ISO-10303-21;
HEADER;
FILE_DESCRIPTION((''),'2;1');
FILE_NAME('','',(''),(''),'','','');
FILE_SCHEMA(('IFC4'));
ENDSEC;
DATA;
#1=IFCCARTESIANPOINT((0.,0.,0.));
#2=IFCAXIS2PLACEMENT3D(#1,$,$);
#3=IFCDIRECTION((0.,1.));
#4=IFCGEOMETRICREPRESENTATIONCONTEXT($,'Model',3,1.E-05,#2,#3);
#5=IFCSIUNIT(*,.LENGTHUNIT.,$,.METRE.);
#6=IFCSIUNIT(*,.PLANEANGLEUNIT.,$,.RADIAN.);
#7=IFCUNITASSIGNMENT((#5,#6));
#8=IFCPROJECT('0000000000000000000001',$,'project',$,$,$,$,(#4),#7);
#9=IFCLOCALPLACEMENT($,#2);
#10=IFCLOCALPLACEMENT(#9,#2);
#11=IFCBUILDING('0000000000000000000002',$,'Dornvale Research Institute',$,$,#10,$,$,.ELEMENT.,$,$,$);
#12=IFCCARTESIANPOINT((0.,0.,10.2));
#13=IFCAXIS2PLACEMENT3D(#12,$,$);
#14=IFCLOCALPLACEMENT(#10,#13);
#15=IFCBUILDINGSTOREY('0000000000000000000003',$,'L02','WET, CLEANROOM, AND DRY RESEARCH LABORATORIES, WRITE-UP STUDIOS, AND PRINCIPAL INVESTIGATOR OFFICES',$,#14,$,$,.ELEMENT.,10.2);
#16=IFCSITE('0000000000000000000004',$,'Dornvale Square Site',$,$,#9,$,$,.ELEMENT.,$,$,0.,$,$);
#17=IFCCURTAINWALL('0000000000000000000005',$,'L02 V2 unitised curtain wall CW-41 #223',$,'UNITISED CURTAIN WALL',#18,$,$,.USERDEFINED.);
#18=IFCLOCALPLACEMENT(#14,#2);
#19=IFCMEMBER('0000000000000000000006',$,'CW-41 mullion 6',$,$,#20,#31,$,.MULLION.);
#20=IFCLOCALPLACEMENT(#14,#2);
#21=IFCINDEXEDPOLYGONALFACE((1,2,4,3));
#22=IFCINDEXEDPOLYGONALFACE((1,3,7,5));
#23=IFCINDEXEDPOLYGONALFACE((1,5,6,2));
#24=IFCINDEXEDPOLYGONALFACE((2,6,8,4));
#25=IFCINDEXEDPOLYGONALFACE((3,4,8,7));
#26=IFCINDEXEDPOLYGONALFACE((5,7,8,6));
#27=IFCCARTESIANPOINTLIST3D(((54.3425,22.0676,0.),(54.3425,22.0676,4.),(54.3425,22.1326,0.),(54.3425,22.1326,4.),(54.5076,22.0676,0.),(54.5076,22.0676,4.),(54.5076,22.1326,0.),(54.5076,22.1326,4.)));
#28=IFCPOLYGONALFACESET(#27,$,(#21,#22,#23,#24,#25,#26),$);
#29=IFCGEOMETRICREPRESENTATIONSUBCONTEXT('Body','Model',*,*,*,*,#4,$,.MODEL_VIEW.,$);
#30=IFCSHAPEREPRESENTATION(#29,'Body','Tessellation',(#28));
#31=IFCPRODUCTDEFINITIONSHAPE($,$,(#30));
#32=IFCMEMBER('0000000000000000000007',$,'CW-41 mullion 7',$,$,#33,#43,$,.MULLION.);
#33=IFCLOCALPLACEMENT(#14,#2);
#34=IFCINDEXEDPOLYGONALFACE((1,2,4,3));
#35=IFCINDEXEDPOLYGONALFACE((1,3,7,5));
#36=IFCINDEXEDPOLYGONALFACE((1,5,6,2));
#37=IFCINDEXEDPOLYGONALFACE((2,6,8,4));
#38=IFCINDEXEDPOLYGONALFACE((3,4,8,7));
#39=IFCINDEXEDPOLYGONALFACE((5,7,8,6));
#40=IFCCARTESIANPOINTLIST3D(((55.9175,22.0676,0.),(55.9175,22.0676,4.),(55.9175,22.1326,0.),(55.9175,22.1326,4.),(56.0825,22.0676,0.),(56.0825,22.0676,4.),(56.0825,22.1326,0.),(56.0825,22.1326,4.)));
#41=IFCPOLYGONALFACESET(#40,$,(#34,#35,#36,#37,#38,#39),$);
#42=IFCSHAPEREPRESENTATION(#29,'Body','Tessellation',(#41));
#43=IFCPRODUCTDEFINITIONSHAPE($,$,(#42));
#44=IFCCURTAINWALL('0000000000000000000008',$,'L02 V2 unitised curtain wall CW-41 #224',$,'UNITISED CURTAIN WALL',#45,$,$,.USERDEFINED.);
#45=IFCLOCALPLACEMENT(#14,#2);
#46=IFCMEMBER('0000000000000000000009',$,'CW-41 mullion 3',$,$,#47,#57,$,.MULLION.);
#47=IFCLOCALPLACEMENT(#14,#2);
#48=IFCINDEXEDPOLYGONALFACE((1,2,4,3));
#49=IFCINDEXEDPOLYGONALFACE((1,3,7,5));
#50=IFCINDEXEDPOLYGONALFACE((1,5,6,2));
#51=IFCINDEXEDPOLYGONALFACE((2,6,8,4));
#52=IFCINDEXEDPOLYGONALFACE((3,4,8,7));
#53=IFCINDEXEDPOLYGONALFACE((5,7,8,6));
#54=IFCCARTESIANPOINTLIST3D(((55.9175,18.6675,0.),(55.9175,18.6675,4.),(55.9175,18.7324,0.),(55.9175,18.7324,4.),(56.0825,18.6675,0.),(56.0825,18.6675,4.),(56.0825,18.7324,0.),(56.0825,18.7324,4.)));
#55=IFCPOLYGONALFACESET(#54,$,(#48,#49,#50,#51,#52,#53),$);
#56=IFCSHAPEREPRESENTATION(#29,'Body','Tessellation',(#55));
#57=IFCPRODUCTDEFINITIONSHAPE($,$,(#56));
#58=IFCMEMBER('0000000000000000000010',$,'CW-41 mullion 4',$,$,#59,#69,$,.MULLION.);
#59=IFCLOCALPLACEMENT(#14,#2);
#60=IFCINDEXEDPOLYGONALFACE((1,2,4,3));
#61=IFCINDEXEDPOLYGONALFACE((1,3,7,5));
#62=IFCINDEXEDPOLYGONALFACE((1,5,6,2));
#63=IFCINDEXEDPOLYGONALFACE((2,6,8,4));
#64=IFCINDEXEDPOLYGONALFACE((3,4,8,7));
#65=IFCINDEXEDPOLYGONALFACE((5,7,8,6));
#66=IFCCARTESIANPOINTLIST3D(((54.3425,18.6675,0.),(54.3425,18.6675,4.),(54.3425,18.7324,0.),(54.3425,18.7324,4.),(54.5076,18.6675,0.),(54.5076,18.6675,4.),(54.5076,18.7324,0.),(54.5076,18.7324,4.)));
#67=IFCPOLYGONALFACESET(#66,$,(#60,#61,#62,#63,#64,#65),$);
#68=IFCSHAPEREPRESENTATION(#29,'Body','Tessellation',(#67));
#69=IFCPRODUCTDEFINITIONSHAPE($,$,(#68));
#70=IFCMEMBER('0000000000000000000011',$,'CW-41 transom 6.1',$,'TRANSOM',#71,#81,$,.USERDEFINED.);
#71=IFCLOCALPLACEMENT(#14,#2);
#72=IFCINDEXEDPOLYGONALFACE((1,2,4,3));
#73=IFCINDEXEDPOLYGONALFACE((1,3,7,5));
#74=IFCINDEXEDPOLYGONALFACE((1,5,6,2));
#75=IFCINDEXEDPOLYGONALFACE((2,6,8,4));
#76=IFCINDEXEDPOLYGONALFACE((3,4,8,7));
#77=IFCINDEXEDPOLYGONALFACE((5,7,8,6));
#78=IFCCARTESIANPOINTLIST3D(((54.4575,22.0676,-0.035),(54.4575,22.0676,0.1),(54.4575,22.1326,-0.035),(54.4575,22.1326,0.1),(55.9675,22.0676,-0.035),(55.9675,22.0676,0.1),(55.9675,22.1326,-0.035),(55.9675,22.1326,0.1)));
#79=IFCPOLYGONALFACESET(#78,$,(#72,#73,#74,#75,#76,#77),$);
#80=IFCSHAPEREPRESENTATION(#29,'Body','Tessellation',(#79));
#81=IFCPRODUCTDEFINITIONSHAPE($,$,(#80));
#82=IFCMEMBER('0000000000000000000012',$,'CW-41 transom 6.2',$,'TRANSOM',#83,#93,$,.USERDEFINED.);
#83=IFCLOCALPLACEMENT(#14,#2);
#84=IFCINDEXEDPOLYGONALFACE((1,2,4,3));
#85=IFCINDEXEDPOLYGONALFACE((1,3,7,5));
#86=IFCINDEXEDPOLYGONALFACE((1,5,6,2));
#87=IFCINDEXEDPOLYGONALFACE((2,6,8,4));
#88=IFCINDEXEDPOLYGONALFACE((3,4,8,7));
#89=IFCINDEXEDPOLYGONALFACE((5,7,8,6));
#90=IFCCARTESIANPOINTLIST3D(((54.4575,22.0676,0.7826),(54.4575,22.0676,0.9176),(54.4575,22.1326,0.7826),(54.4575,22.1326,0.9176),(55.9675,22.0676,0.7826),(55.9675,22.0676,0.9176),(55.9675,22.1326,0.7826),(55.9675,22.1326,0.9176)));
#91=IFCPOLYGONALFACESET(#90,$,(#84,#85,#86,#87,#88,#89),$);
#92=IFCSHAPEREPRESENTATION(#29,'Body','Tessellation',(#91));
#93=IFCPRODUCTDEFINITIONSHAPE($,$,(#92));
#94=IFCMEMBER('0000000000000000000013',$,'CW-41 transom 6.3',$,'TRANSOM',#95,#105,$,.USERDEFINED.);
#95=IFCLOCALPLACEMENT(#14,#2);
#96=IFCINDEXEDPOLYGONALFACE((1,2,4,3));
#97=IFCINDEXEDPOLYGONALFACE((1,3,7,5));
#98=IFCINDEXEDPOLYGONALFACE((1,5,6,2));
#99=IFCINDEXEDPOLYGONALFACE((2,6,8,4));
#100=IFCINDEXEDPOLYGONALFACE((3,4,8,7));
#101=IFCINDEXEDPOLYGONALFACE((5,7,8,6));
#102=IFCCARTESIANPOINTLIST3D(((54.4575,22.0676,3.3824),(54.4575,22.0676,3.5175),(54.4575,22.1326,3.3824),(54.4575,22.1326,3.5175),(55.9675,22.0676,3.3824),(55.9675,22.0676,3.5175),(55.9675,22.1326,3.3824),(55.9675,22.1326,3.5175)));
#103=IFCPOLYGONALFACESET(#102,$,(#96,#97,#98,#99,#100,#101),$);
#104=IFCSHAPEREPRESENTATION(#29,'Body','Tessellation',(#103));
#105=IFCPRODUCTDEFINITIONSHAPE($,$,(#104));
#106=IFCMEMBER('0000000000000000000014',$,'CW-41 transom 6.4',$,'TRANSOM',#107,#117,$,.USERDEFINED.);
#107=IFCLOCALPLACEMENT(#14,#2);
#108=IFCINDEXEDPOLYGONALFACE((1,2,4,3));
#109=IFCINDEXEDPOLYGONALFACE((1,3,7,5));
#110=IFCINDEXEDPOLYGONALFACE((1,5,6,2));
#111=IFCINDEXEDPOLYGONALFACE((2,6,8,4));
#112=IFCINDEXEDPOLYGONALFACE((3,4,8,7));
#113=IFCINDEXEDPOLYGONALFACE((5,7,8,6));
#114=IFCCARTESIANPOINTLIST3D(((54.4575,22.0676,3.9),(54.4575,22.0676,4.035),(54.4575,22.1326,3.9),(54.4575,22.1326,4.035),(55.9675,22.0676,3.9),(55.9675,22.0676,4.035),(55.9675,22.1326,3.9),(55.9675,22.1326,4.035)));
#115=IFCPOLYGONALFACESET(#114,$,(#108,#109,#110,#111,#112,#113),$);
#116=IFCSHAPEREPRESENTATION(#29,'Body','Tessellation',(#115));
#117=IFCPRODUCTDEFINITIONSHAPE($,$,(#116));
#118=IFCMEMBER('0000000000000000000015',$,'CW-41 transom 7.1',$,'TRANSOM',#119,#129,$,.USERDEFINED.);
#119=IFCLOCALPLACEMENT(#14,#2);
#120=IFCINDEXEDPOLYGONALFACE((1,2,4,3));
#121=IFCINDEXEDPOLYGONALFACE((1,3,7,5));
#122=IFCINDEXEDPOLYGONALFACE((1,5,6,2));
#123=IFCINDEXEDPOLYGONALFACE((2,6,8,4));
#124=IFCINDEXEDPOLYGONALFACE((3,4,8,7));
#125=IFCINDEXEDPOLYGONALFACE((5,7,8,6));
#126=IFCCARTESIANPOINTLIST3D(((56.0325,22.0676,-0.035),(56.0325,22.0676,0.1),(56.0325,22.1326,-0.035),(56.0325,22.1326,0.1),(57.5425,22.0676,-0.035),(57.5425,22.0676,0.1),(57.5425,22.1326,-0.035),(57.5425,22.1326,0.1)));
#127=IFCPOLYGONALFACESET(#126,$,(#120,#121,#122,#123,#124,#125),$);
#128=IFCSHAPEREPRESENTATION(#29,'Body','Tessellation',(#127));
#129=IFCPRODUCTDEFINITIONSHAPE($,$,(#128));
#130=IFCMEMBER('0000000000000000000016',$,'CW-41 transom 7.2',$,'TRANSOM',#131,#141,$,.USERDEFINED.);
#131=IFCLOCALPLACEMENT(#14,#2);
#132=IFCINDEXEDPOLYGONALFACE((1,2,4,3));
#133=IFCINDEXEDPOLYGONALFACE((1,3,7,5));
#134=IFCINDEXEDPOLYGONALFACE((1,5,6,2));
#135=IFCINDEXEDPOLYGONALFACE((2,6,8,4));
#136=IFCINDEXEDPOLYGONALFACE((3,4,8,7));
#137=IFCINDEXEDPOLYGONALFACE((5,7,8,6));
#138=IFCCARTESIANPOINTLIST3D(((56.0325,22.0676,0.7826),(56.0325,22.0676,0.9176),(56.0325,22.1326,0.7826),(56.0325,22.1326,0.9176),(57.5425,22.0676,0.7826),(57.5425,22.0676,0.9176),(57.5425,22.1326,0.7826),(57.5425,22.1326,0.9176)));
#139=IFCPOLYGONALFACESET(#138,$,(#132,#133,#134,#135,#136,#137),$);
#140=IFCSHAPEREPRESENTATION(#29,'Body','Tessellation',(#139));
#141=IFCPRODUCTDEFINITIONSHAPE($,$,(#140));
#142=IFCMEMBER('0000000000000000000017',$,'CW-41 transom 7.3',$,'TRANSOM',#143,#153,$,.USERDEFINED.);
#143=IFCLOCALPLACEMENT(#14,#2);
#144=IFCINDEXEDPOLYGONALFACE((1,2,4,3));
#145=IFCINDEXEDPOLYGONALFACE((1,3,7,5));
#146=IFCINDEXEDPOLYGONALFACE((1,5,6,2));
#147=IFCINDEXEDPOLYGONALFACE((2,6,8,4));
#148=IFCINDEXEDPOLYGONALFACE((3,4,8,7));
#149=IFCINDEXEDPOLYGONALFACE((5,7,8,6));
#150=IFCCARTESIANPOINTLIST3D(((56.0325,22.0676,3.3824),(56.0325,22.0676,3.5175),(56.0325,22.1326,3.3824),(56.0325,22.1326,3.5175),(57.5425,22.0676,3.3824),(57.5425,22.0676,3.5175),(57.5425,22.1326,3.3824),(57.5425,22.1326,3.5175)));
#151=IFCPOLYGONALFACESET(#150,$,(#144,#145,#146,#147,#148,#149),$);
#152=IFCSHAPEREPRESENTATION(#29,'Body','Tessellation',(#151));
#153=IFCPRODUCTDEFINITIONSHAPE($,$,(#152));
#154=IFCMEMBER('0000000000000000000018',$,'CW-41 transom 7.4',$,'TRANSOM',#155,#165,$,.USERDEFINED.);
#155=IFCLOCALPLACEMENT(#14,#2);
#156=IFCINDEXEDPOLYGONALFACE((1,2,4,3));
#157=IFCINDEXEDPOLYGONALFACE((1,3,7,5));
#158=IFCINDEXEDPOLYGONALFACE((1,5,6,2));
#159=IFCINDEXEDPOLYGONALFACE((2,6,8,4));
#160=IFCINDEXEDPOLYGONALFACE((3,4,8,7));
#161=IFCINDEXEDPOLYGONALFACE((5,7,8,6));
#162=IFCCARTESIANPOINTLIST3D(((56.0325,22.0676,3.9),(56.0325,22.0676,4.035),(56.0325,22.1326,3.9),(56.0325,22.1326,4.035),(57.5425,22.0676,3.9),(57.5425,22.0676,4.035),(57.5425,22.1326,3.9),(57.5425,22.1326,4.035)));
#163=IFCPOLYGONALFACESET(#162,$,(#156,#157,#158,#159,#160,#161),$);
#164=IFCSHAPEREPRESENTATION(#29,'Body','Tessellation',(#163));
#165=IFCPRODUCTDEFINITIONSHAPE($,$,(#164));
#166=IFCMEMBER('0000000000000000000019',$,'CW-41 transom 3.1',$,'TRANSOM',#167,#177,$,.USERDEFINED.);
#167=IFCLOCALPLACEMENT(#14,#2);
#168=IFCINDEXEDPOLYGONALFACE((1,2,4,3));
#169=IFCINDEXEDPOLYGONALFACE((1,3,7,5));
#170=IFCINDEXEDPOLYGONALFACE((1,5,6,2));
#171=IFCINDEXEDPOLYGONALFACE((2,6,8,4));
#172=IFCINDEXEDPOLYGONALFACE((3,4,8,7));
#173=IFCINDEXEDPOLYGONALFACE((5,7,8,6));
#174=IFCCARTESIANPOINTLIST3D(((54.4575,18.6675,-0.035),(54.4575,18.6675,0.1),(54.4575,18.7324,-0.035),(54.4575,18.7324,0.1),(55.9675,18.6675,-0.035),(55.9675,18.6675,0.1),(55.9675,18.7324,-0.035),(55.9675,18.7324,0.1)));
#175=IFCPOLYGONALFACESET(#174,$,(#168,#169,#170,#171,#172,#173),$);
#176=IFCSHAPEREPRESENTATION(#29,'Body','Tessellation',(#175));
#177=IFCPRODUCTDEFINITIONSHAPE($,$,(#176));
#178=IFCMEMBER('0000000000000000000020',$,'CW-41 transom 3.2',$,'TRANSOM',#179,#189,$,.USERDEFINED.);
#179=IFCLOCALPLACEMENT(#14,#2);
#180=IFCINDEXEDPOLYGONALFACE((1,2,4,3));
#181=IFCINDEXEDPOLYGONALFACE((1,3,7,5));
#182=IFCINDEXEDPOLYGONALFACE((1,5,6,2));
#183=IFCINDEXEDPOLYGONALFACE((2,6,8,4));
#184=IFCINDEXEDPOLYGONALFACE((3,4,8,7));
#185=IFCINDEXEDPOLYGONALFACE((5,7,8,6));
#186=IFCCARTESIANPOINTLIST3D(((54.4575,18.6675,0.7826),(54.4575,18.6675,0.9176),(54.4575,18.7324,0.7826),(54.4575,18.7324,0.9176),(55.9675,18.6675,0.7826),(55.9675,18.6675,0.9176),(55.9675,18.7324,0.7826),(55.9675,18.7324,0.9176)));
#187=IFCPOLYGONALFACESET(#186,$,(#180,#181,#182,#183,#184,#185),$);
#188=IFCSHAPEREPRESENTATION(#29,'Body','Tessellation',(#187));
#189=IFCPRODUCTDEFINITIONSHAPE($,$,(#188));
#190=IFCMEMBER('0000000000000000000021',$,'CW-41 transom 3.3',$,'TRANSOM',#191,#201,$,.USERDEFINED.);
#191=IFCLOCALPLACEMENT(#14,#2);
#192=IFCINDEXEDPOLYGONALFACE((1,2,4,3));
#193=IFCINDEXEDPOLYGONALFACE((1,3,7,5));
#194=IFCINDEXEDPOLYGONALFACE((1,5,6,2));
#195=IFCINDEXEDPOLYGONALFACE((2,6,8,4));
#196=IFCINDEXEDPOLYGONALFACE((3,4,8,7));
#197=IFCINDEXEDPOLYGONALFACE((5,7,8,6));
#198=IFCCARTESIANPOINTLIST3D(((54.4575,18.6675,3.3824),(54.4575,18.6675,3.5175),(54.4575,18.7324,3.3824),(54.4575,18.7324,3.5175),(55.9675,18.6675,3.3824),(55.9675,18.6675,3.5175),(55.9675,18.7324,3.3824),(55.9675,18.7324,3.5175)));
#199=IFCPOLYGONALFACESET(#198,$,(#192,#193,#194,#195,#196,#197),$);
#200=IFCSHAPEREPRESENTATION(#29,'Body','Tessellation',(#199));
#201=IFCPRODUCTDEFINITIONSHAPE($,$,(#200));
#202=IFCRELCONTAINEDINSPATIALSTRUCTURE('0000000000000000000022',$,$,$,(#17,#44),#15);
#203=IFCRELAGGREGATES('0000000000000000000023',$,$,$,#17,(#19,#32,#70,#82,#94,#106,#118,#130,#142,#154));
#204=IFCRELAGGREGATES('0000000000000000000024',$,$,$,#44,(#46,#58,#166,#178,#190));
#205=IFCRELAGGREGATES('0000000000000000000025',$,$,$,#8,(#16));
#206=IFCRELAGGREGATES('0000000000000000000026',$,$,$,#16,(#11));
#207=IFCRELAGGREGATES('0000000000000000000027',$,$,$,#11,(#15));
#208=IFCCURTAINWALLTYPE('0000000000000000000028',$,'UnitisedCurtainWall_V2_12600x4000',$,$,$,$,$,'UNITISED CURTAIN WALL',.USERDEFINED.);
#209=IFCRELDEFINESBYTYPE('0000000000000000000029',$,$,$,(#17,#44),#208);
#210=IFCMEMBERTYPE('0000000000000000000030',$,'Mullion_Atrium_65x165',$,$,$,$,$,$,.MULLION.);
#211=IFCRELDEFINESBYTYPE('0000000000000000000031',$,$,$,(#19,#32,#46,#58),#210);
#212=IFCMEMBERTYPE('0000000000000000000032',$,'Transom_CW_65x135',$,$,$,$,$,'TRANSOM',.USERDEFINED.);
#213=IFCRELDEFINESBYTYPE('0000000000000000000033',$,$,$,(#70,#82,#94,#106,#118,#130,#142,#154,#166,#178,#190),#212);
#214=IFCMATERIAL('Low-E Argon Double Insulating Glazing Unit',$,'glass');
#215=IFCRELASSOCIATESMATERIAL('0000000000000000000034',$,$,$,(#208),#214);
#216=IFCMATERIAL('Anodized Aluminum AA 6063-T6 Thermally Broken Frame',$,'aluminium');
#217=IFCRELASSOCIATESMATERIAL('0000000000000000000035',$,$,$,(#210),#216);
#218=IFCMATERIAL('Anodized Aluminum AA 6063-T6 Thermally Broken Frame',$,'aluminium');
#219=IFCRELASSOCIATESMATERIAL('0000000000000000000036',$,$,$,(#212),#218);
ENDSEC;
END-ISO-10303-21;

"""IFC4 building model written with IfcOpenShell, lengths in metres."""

from ifc_helpers import new_model, si_unit, direction, frame, origin, origin_2d, place, context, subcontext, project, spatial, rectangle, extrude, material, material_profile, profile_set, type_object, element, aggregate, save


model = new_model("IFC4")

# Units and contexts
model_context = context("Model", 3, precision=1e-05, world=origin(), true_north=direction((0.0, 1.0)))
body_context = subcontext(model_context, "Body", "Model", "MODEL_VIEW")
ifc_project = project(units=[si_unit("LENGTHUNIT", "METRE"), si_unit("PLANEANGLEUNIT", "RADIAN")], contexts=[model_context])

# Site, building, storey
site_placement = place(None, origin())
site = spatial("IfcSite", under=ifc_project, at=site_placement, Name="Dornvale Square Site", CompositionType="ELEMENT", RefElevation=0.0)
building_placement = place(site_placement, origin())
building = spatial("IfcBuilding", under=site, at=building_placement, Name="Dornvale Research Institute", CompositionType="ELEMENT")
storey_placement = place(building_placement, frame((0.0, 0.0, 10.2)))
storey = spatial("IfcBuildingStorey", under=building, at=storey_placement, Name="L02", Description="WET, CLEANROOM, AND DRY RESEARCH LABORATORIES, WRITE-UP STUDIOS, AND PRINCIPAL INVESTIGATOR OFFICES", CompositionType="ELEMENT", Elevation=10.2)

# Curtain walls, members
ifc_material_1 = material(Name="Low-E Argon Double Insulating Glazing Unit", Category="glass")
curtain_wall_type = type_object("IfcCurtainWallType", Name="UnitisedCurtainWall_V2_12600x4000", ElementType="UNITISED CURTAIN WALL", PredefinedType="USERDEFINED", material=ifc_material_1)
curtain_wall_1_placement = place(storey_placement, origin())
curtain_wall_1 = element("IfcCurtainWall", 1, at=curtain_wall_1_placement, inside=storey, type_object=curtain_wall_type, Name="L02 V2 unitised curtain wall CW-41 #223", ObjectType="UNITISED CURTAIN WALL", PredefinedType="USERDEFINED")
ifc_material_2 = material(Name="Anodized Aluminum AA 6063-T6 Thermally Broken Frame", Category="aluminium")
ifc_material_profile_1 = material_profile(ifc_material_2, rectangle(XDim=0.0649, YDim=0.165, at=origin_2d()), Name="ALU MULLION 65x165")
ifc_profile_set_1 = profile_set([ifc_material_profile_1], Name="Anodized Aluminum AA 6063-T6 Thermally Broken Frame")
member_type_1 = type_object("IfcMemberType", Name="Mullion_Atrium_65x165", PredefinedType="MULLION", material=ifc_profile_set_1)
member_1_placement = place(storey_placement, frame((54.425, 22.1001, 0.0), z_axis=(0.0, 0.0, 1.0), x_axis=(0.0, 1.0, 0.0)))
member_1 = element("IfcMember", 2, at=member_1_placement, type_object=member_type_1, Name="CW-41 mullion 6", PredefinedType="MULLION", context=body_context, shape_type="SweptSolid", body=[
    extrude(rectangle(XDim=0.0649, YDim=0.165, at=origin_2d()), origin(), (0.0, 0.0, 1.0), 4.0),
])
member_2_placement = place(storey_placement, frame((56.0, 22.1001, 0.0), z_axis=(0.0, 0.0, 1.0), x_axis=(0.0, 1.0, 0.0)))
member_2 = element("IfcMember", 3, at=member_2_placement, type_object=member_type_1, Name="CW-41 mullion 7", PredefinedType="MULLION", context=body_context, shape_type="SweptSolid", body=[
    extrude(rectangle(XDim=0.0649, YDim=0.165, at=origin_2d()), origin(), (0.0, 0.0, 1.0), 4.0),
])
curtain_wall_2_placement = place(storey_placement, origin())
curtain_wall_2 = element("IfcCurtainWall", 4, at=curtain_wall_2_placement, inside=storey, type_object=curtain_wall_type, Name="L02 V2 unitised curtain wall CW-41 #224", ObjectType="UNITISED CURTAIN WALL", PredefinedType="USERDEFINED")
member_3_placement = place(storey_placement, frame((56.0, 18.7, 0.0), z_axis=(0.0, 0.0, 1.0), x_axis=(0.0, -1.0, 0.0)))
member_3 = element("IfcMember", 5, at=member_3_placement, type_object=member_type_1, Name="CW-41 mullion 3", PredefinedType="MULLION", context=body_context, shape_type="SweptSolid", body=[
    extrude(rectangle(XDim=0.0649, YDim=0.165, at=origin_2d()), origin(), (0.0, 0.0, 1.0), 4.0),
])
member_4_placement = place(storey_placement, frame((54.425, 18.7, 0.0), z_axis=(0.0, 0.0, 1.0), x_axis=(0.0, -1.0, 0.0)))
member_4 = element("IfcMember", 6, at=member_4_placement, type_object=member_type_1, Name="CW-41 mullion 4", PredefinedType="MULLION", context=body_context, shape_type="SweptSolid", body=[
    extrude(rectangle(XDim=0.0649, YDim=0.165, at=origin_2d()), origin(), (0.0, 0.0, 1.0), 4.0),
])

# Members
ifc_material_3 = material(Name="Anodized Aluminum AA 6063-T6 Thermally Broken Frame", Category="aluminium")
ifc_material_profile_2 = material_profile(ifc_material_3, rectangle(XDim=0.0649, YDim=0.135, at=origin_2d()), Name="ALU TRANSOM 65x135")
ifc_profile_set_2 = profile_set([ifc_material_profile_2], Name="Anodized Aluminum AA 6063-T6 Thermally Broken Frame")
member_type_2 = type_object("IfcMemberType", Name="Transom_CW_65x135", ElementType="TRANSOM", PredefinedType="USERDEFINED", material=ifc_profile_set_2)
member_5_placement = place(storey_placement, frame((54.4575, 22.1001, 0.0325), z_axis=(1.0, 0.0, 0.0), x_axis=(0.0, 1.0, 0.0)))
member_5 = element("IfcMember", 7, at=member_5_placement, type_object=member_type_2, Name="CW-41 transom 6.1", ObjectType="TRANSOM", PredefinedType="USERDEFINED", context=body_context, shape_type="SweptSolid", body=[
    extrude(rectangle(XDim=0.0649, YDim=0.135, at=origin_2d()), origin(), (0.0, 0.0, 1.0), 1.51),
])
member_6_placement = place(storey_placement, frame((54.4575, 22.1001, 0.8501), z_axis=(1.0, 0.0, 0.0), x_axis=(0.0, 1.0, 0.0)))
member_6 = element("IfcMember", 8, at=member_6_placement, type_object=member_type_2, Name="CW-41 transom 6.2", ObjectType="TRANSOM", PredefinedType="USERDEFINED", context=body_context, shape_type="SweptSolid", body=[
    extrude(rectangle(XDim=0.0649, YDim=0.135, at=origin_2d()), origin(), (0.0, 0.0, 1.0), 1.51),
])
member_7_placement = place(storey_placement, frame((54.4575, 22.1001, 3.45), z_axis=(1.0, 0.0, 0.0), x_axis=(0.0, 1.0, 0.0)))
member_7 = element("IfcMember", 9, at=member_7_placement, type_object=member_type_2, Name="CW-41 transom 6.3", ObjectType="TRANSOM", PredefinedType="USERDEFINED", context=body_context, shape_type="SweptSolid", body=[
    extrude(rectangle(XDim=0.0649, YDim=0.135, at=origin_2d()), origin(), (0.0, 0.0, 1.0), 1.51),
])
member_8_placement = place(storey_placement, frame((54.4575, 22.1001, 3.9675), z_axis=(1.0, 0.0, 0.0), x_axis=(0.0, 1.0, 0.0)))
member_8 = element("IfcMember", 10, at=member_8_placement, type_object=member_type_2, Name="CW-41 transom 6.4", ObjectType="TRANSOM", PredefinedType="USERDEFINED", context=body_context, shape_type="SweptSolid", body=[
    extrude(rectangle(XDim=0.0649, YDim=0.135, at=origin_2d()), origin(), (0.0, 0.0, 1.0), 1.51),
])
member_9_placement = place(storey_placement, frame((56.0325, 22.1001, 0.0325), z_axis=(1.0, 0.0, 0.0), x_axis=(0.0, 1.0, 0.0)))
member_9 = element("IfcMember", 11, at=member_9_placement, type_object=member_type_2, Name="CW-41 transom 7.1", ObjectType="TRANSOM", PredefinedType="USERDEFINED", context=body_context, shape_type="SweptSolid", body=[
    extrude(rectangle(XDim=0.0649, YDim=0.135, at=origin_2d()), origin(), (0.0, 0.0, 1.0), 1.51),
])
member_10_placement = place(storey_placement, frame((56.0325, 22.1001, 0.8501), z_axis=(1.0, 0.0, 0.0), x_axis=(0.0, 1.0, 0.0)))
member_10 = element("IfcMember", 12, at=member_10_placement, type_object=member_type_2, Name="CW-41 transom 7.2", ObjectType="TRANSOM", PredefinedType="USERDEFINED", context=body_context, shape_type="SweptSolid", body=[
    extrude(rectangle(XDim=0.0649, YDim=0.135, at=origin_2d()), origin(), (0.0, 0.0, 1.0), 1.51),
])
member_11_placement = place(storey_placement, frame((56.0325, 22.1001, 3.45), z_axis=(1.0, 0.0, 0.0), x_axis=(0.0, 1.0, 0.0)))
member_11 = element("IfcMember", 13, at=member_11_placement, type_object=member_type_2, Name="CW-41 transom 7.3", ObjectType="TRANSOM", PredefinedType="USERDEFINED", context=body_context, shape_type="SweptSolid", body=[
    extrude(rectangle(XDim=0.0649, YDim=0.135, at=origin_2d()), origin(), (0.0, 0.0, 1.0), 1.51),
])
member_12_placement = place(storey_placement, frame((56.0325, 22.1001, 3.9675), z_axis=(1.0, 0.0, 0.0), x_axis=(0.0, 1.0, 0.0)))
member_12 = element("IfcMember", 14, at=member_12_placement, type_object=member_type_2, Name="CW-41 transom 7.4", ObjectType="TRANSOM", PredefinedType="USERDEFINED", context=body_context, shape_type="SweptSolid", body=[
    extrude(rectangle(XDim=0.0649, YDim=0.135, at=origin_2d()), origin(), (0.0, 0.0, 1.0), 1.51),
])
member_13_placement = place(storey_placement, frame((55.9675, 18.7, 0.0325), z_axis=(-1.0, 0.0, 0.0), x_axis=(0.0, -1.0, 0.0)))
member_13 = element("IfcMember", 15, at=member_13_placement, type_object=member_type_2, Name="CW-41 transom 3.1", ObjectType="TRANSOM", PredefinedType="USERDEFINED", context=body_context, shape_type="SweptSolid", body=[
    extrude(rectangle(XDim=0.0649, YDim=0.135, at=origin_2d()), origin(), (0.0, 0.0, 1.0), 1.51),
])
member_14_placement = place(storey_placement, frame((55.9675, 18.7, 0.8501), z_axis=(-1.0, 0.0, 0.0), x_axis=(0.0, -1.0, 0.0)))
member_14 = element("IfcMember", 16, at=member_14_placement, type_object=member_type_2, Name="CW-41 transom 3.2", ObjectType="TRANSOM", PredefinedType="USERDEFINED", context=body_context, shape_type="SweptSolid", body=[
    extrude(rectangle(XDim=0.0649, YDim=0.135, at=origin_2d()), origin(), (0.0, 0.0, 1.0), 1.51),
])
member_15_placement = place(storey_placement, frame((55.9675, 18.7, 3.45), z_axis=(-1.0, 0.0, 0.0), x_axis=(0.0, -1.0, 0.0)))
member_15 = element("IfcMember", 17, at=member_15_placement, type_object=member_type_2, Name="CW-41 transom 3.3", ObjectType="TRANSOM", PredefinedType="USERDEFINED", context=body_context, shape_type="SweptSolid", body=[
    extrude(rectangle(XDim=0.0649, YDim=0.135, at=origin_2d()), origin(), (0.0, 0.0, 1.0), 1.51),
])

aggregate(curtain_wall_1, [member_1, member_2, member_5, member_6, member_7, member_8, member_9, member_10, member_11, member_12])
aggregate(curtain_wall_2, [member_3, member_4, member_13, member_14, member_15])

save(model, "model.ifc")
